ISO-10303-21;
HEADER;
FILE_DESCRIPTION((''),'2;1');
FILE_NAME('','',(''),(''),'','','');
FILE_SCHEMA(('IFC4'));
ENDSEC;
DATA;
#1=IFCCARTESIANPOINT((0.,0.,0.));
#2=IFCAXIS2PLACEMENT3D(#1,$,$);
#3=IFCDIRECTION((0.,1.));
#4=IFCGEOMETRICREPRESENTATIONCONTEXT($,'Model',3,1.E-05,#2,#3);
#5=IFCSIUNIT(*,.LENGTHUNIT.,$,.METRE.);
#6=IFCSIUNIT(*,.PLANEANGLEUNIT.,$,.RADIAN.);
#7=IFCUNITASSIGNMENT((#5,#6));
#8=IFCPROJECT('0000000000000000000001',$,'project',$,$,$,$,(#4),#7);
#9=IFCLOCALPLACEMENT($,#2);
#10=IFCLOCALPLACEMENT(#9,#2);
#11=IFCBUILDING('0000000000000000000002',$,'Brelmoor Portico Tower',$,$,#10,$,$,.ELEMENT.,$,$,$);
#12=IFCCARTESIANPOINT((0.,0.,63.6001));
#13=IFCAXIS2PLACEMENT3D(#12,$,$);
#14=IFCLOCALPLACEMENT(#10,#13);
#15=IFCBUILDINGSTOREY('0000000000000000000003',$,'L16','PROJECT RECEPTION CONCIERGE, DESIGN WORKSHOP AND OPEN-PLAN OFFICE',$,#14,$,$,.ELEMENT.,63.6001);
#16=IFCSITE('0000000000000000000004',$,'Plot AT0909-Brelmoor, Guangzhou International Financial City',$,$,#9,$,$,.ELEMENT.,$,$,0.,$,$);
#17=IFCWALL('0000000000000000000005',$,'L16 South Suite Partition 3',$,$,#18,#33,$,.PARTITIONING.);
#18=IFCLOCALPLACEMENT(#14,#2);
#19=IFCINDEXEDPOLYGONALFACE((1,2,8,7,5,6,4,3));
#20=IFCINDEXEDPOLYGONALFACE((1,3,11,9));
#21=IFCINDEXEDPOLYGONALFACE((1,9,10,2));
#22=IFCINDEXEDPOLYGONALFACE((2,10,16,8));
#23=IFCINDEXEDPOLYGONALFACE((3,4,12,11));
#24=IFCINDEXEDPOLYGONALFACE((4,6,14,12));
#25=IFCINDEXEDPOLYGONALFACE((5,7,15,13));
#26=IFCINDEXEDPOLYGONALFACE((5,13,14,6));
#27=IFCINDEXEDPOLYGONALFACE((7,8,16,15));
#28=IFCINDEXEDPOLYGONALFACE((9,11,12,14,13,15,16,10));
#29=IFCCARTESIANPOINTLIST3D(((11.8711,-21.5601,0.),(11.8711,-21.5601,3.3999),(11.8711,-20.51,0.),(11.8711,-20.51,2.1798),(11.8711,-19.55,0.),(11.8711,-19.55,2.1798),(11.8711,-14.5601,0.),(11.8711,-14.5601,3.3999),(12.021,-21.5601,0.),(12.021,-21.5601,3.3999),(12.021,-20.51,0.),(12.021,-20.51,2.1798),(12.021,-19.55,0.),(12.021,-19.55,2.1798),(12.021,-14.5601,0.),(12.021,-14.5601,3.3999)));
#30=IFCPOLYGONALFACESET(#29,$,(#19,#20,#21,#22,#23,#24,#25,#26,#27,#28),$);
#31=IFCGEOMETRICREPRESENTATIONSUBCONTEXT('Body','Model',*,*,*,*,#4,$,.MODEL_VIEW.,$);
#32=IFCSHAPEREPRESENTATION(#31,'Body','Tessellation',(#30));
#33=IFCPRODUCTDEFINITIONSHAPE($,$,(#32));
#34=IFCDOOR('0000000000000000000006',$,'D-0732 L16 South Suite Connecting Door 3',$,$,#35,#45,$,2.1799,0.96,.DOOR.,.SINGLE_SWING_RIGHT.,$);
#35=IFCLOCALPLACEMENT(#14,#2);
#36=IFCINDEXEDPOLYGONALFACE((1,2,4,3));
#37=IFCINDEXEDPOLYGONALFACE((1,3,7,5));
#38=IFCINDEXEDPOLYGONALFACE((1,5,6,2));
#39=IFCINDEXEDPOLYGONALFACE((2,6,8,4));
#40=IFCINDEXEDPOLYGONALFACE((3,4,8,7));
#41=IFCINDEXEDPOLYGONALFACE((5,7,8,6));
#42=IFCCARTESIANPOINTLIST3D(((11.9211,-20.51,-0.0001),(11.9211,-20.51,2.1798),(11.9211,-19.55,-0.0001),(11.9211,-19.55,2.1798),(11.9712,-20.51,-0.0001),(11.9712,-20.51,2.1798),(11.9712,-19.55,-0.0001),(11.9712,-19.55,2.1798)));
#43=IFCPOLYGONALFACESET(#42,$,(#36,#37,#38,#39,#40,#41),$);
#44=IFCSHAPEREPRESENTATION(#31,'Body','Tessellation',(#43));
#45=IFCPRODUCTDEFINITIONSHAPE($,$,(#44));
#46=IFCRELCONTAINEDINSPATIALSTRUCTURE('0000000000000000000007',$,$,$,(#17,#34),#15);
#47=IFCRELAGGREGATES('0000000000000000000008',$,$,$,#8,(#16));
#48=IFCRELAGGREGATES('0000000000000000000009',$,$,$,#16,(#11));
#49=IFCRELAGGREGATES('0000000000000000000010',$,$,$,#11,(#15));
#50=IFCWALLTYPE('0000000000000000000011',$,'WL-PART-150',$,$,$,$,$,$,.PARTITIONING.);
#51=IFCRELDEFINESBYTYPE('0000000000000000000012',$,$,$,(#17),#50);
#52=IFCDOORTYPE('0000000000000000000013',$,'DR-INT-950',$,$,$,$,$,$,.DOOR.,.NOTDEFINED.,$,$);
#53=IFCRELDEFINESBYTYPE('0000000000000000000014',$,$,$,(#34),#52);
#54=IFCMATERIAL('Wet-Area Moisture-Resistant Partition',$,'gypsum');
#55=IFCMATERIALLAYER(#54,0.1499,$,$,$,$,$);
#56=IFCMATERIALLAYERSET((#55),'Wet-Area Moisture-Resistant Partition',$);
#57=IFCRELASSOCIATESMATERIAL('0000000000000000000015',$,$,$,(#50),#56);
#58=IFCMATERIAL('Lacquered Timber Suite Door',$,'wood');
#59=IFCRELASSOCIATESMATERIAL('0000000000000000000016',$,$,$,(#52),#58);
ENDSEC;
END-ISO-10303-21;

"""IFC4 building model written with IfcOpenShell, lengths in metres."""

from ifc_helpers import new_model, si_unit, direction, frame, frame_2d, origin, place, context, subcontext, project, spatial, rectangle, extrude, material, layer, layer_set, type_object, element, fill, save


model = new_model("IFC4")

# Units and contexts
model_context = context("Model", 3, precision=1e-05, world=origin(), true_north=direction((0.0, 1.0)))
body_context = subcontext(model_context, "Body", "Model", "MODEL_VIEW")
ifc_project = project(units=[si_unit("LENGTHUNIT", "METRE"), si_unit("PLANEANGLEUNIT", "RADIAN")], contexts=[model_context])

# Site, building, storey
site_placement = place(None, origin())
site = spatial("IfcSite", under=ifc_project, at=site_placement, Name="Plot AT0909-Brelmoor, Guangzhou International Financial City", CompositionType="ELEMENT", RefElevation=0.0)
building_placement = place(site_placement, origin())
building = spatial("IfcBuilding", under=site, at=building_placement, Name="Brelmoor Portico Tower", CompositionType="ELEMENT")
storey_placement = place(building_placement, frame((0.0, 0.0, 63.6001)))
storey = spatial("IfcBuildingStorey", under=building, at=storey_placement, Name="L16", Description="PROJECT RECEPTION CONCIERGE, DESIGN WORKSHOP AND OPEN-PLAN OFFICE", CompositionType="ELEMENT", Elevation=63.6001)

# Wall, opening, door
ifc_material_1 = material(Name="Wet-Area Moisture-Resistant Partition", Category="gypsum")
ifc_layer_1 = layer(ifc_material_1, 0.1499)
ifc_layer_set_1 = layer_set([ifc_layer_1], Name="Wet-Area Moisture-Resistant Partition")
wall_type_1 = type_object("IfcWallType", Name="WL-PART-150", PredefinedType="PARTITIONING", material=ifc_layer_set_1)
wall_placement = place(storey_placement, frame((11.946, -21.5601, 0.0), z_axis=(0.0, 0.0, 1.0), x_axis=(0.0, 1.0, 0.0)))
wall = element("IfcWall", 1, at=wall_placement, inside=storey, type_object=wall_type_1, Name="L16 South Suite Partition 3", PredefinedType="PARTITIONING", context=body_context, shape_type="SweptSolid", body=[
    extrude(rectangle(XDim=7.0, YDim=0.1499, at=frame_2d((3.5, 0.0))), origin(), (0.0, 0.0, 1.0), 3.3999),
])
opening_placement = place(wall_placement, frame((1.05, 0.0, 0.0)))
opening = element("IfcOpeningElement", 2, at=opening_placement, cuts=wall, PredefinedType="OPENING", context=body_context, shape_type="SweptSolid", body=[
    extrude(rectangle(XDim=0.96, YDim=2.1799, at=frame_2d((0.48, 1.0898))), frame((0.0, 0.085, 0.0), z_axis=(0.0, -1.0, 0.0), x_axis=(1.0, 0.0, 0.0)), (0.0, 0.0, 1.0), 0.1699),
])
ifc_material_2 = material(Name="Lacquered Timber Suite Door", Category="wood")
door_type = type_object("IfcDoorType", Name="DR-INT-950", OperationType="NOTDEFINED", PredefinedType="DOOR", material=ifc_material_2)
door_placement = place(opening_placement, origin())
door = element("IfcDoor", 3, at=door_placement, inside=storey, type_object=door_type, Name="D-0732 L16 South Suite Connecting Door 3", OperationType="SINGLE_SWING_RIGHT", OverallHeight=2.1799, OverallWidth=0.96, PredefinedType="DOOR", context=body_context, shape_type="SweptSolid", body=[
    extrude(rectangle(XDim=0.96, YDim=2.1799, at=frame_2d((0.48, 1.0898))), frame((0.0, 0.0249, 0.0), z_axis=(0.0, -1.0, 0.0), x_axis=(1.0, 0.0, 0.0)), (0.0, 0.0, 1.0), 0.05),
])
fill(opening, door)

save(model, "model.ifc")
